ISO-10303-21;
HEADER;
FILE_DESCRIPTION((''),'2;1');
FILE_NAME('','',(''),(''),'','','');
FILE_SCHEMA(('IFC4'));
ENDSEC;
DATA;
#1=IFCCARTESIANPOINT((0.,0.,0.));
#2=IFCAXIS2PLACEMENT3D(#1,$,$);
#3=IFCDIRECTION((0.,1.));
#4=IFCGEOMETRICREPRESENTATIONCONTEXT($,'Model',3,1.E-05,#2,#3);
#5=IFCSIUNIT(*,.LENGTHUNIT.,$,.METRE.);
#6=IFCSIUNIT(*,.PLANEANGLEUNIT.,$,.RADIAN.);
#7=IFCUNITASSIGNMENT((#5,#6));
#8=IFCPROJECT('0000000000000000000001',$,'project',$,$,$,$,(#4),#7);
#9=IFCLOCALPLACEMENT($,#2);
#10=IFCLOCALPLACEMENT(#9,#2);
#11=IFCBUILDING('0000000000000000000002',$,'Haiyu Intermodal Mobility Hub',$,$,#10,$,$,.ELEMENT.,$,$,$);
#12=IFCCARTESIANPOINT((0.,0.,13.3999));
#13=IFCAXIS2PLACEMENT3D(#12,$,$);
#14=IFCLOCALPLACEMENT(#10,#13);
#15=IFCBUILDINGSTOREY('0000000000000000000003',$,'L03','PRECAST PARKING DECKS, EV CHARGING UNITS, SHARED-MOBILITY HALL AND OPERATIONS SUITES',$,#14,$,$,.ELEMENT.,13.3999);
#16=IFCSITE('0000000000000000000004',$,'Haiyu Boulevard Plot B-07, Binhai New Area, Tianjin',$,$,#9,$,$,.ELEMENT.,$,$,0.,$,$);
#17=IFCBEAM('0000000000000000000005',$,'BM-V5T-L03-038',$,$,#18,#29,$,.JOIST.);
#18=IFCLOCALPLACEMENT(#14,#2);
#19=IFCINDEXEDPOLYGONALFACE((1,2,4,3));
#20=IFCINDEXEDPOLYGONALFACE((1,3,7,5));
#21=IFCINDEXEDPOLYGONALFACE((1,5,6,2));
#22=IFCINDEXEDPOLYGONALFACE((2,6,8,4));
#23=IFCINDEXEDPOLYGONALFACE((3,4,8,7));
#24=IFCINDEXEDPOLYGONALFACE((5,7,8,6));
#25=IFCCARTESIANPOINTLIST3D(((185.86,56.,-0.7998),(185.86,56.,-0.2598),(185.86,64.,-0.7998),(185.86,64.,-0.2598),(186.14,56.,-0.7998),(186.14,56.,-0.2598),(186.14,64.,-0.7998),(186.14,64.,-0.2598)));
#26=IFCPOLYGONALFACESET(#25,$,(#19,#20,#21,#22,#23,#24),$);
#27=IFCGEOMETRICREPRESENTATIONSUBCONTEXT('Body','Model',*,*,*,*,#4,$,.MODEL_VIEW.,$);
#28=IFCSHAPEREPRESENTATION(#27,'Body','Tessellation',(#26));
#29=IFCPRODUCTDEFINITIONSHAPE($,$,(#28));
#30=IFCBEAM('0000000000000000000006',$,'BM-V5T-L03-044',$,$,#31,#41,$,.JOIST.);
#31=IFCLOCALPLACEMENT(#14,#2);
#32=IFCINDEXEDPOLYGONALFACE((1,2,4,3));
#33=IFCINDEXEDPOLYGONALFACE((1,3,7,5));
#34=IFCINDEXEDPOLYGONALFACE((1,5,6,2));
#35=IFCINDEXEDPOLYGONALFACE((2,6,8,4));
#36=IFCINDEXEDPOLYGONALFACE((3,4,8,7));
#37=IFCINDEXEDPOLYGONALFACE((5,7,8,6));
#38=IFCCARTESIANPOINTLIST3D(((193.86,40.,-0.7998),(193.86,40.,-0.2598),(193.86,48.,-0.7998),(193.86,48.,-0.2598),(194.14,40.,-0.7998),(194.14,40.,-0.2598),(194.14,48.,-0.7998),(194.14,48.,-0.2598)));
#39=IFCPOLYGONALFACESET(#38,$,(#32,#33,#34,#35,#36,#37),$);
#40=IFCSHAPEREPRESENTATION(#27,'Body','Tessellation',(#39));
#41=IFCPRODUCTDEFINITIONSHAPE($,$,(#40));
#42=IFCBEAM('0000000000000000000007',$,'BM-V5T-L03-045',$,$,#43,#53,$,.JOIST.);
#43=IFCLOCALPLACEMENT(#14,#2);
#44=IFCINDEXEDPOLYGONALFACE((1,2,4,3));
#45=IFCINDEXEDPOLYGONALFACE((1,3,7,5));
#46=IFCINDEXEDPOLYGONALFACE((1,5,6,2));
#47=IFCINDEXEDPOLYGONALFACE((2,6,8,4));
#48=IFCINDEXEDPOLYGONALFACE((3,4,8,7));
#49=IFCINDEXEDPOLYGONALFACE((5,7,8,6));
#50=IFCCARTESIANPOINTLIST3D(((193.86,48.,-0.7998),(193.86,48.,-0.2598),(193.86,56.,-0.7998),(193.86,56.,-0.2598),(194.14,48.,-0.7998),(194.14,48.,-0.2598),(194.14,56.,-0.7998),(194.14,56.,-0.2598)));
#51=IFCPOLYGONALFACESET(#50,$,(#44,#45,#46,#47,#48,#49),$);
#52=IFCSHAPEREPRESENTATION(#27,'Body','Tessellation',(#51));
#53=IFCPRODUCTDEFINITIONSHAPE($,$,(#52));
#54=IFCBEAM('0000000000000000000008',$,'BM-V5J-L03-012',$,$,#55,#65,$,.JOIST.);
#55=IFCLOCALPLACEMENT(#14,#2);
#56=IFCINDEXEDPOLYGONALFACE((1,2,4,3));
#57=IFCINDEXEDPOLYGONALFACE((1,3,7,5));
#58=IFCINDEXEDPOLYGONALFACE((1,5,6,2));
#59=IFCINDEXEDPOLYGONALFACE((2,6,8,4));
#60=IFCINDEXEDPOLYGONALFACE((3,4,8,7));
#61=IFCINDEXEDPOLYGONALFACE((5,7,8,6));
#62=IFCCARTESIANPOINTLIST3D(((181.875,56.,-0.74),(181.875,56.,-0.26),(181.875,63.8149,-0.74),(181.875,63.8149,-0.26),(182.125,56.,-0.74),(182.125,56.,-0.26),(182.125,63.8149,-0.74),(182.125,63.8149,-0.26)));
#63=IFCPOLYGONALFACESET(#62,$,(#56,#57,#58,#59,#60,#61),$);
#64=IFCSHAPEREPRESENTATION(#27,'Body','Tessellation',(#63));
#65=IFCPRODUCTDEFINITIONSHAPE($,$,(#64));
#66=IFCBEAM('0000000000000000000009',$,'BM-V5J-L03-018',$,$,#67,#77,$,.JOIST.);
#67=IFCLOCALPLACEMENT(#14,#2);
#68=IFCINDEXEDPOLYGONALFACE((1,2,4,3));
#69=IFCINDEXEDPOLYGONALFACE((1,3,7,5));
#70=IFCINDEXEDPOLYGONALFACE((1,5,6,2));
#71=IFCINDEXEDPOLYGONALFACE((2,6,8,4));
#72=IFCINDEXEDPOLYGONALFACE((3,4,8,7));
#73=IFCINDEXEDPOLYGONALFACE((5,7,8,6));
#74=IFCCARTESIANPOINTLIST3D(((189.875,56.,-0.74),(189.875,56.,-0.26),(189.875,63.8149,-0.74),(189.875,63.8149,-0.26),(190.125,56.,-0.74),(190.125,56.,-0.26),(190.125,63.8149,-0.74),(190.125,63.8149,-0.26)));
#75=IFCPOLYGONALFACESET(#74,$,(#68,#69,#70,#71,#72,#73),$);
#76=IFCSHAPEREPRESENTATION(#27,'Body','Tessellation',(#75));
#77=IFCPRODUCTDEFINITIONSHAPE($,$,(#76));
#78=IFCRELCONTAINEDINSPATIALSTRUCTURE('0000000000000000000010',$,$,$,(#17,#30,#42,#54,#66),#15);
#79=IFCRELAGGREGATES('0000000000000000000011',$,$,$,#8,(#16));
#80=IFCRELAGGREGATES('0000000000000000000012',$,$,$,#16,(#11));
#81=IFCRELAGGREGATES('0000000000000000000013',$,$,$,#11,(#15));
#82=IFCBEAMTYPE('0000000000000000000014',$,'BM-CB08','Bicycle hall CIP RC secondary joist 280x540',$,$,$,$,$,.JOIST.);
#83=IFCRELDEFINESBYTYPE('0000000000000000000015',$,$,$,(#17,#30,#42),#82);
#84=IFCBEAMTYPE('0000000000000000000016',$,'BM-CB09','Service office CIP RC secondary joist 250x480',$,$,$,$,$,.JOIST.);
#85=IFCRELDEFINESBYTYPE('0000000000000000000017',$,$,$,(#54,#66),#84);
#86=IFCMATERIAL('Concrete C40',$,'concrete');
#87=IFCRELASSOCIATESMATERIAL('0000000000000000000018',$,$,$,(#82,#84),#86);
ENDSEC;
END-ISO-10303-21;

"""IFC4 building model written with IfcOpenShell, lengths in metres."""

from ifc_helpers import new_model, si_unit, direction, frame, origin, origin_2d, place, context, subcontext, project, spatial, rectangle, extrude, material, material_profile, profile_set, type_object, element, save


model = new_model("IFC4")

# Units and contexts
model_context = context("Model", 3, precision=1e-05, world=origin(), true_north=direction((0.0, 1.0)))
body_context = subcontext(model_context, "Body", "Model", "MODEL_VIEW")
ifc_project = project(units=[si_unit("LENGTHUNIT", "METRE"), si_unit("PLANEANGLEUNIT", "RADIAN")], contexts=[model_context])

# Site, building, storey
site_placement = place(None, origin())
site = spatial("IfcSite", under=ifc_project, at=site_placement, Name="Haiyu Boulevard Plot B-07, Binhai New Area, Tianjin", CompositionType="ELEMENT", RefElevation=0.0)
building_placement = place(site_placement, origin())
building = spatial("IfcBuilding", under=site, at=building_placement, Name="Haiyu Intermodal Mobility Hub", CompositionType="ELEMENT")
storey_placement = place(building_placement, frame((0.0, 0.0, 13.3999)))
storey = spatial("IfcBuildingStorey", under=building, at=storey_placement, Name="L03", Description="PRECAST PARKING DECKS, EV CHARGING UNITS, SHARED-MOBILITY HALL AND OPERATIONS SUITES", CompositionType="ELEMENT", Elevation=13.3999)

# Shared definitions
ifc_material_1 = material(Name="Concrete C40", Category="concrete")

# Beams
ifc_material_profile_1 = material_profile(ifc_material_1, rectangle(XDim=0.28, YDim=0.54, at=origin_2d()), Name="RCB280x540")
ifc_profile_set_1 = profile_set([ifc_material_profile_1], Name="Concrete C40")
beam_type_1 = type_object("IfcBeamType", Name="BM-CB08", Description="Bicycle hall CIP RC secondary joist 280x540", PredefinedType="JOIST", material=ifc_profile_set_1)
for number, where, z_axis, x_axis, name in (
    (1, (186.0, 56.0, -0.5298), (0.0, 1.0, 0.0), (-1.0, 0.0, 0.0), "BM-V5T-L03-038"),
    (2, (194.0, 40.0, -0.5298), (0.0, 1.0, 0.0), (-1.0, 0.0, 0.0), "BM-V5T-L03-044"),
    (3, (194.0, 48.0, -0.5298), (0.0, 1.0, 0.0), (-1.0, 0.0, 0.0), "BM-V5T-L03-045"),
):
    element("IfcBeam", number, at=place(storey_placement, frame(where, z_axis=z_axis, x_axis=x_axis)), inside=storey, type_object=beam_type_1, Name=name, PredefinedType="JOIST", context=body_context, shape_type="SweptSolid", body=[
        extrude(rectangle(XDim=0.28, YDim=0.54, at=origin_2d()), origin(), (0.0, 0.0, 1.0), 8.0),
    ])
ifc_material_profile_2 = material_profile(ifc_material_1, rectangle(XDim=0.25, YDim=0.48, at=origin_2d()), Name="RCB250x480")
ifc_profile_set_2 = profile_set([ifc_material_profile_2], Name="Concrete C40")
beam_type_2 = type_object("IfcBeamType", Name="BM-CB09", Description="Service office CIP RC secondary joist 250x480", PredefinedType="JOIST", material=ifc_profile_set_2)
for number, where, z_axis, x_axis, name in (
    (4, (182.0, 56.0, -0.5), (0.0, 1.0, 0.0), (-1.0, 0.0, 0.0), "BM-V5J-L03-012"),
    (5, (190.0, 56.0, -0.5), (0.0, 1.0, 0.0), (-1.0, 0.0, 0.0), "BM-V5J-L03-018"),
):
    element("IfcBeam", number, at=place(storey_placement, frame(where, z_axis=z_axis, x_axis=x_axis)), inside=storey, type_object=beam_type_2, Name=name, PredefinedType="JOIST", context=body_context, shape_type="SweptSolid", body=[
        extrude(rectangle(XDim=0.25, YDim=0.48, at=origin_2d()), origin(), (0.0, 0.0, 1.0), 7.8149),
    ])

save(model, "model.ifc")
